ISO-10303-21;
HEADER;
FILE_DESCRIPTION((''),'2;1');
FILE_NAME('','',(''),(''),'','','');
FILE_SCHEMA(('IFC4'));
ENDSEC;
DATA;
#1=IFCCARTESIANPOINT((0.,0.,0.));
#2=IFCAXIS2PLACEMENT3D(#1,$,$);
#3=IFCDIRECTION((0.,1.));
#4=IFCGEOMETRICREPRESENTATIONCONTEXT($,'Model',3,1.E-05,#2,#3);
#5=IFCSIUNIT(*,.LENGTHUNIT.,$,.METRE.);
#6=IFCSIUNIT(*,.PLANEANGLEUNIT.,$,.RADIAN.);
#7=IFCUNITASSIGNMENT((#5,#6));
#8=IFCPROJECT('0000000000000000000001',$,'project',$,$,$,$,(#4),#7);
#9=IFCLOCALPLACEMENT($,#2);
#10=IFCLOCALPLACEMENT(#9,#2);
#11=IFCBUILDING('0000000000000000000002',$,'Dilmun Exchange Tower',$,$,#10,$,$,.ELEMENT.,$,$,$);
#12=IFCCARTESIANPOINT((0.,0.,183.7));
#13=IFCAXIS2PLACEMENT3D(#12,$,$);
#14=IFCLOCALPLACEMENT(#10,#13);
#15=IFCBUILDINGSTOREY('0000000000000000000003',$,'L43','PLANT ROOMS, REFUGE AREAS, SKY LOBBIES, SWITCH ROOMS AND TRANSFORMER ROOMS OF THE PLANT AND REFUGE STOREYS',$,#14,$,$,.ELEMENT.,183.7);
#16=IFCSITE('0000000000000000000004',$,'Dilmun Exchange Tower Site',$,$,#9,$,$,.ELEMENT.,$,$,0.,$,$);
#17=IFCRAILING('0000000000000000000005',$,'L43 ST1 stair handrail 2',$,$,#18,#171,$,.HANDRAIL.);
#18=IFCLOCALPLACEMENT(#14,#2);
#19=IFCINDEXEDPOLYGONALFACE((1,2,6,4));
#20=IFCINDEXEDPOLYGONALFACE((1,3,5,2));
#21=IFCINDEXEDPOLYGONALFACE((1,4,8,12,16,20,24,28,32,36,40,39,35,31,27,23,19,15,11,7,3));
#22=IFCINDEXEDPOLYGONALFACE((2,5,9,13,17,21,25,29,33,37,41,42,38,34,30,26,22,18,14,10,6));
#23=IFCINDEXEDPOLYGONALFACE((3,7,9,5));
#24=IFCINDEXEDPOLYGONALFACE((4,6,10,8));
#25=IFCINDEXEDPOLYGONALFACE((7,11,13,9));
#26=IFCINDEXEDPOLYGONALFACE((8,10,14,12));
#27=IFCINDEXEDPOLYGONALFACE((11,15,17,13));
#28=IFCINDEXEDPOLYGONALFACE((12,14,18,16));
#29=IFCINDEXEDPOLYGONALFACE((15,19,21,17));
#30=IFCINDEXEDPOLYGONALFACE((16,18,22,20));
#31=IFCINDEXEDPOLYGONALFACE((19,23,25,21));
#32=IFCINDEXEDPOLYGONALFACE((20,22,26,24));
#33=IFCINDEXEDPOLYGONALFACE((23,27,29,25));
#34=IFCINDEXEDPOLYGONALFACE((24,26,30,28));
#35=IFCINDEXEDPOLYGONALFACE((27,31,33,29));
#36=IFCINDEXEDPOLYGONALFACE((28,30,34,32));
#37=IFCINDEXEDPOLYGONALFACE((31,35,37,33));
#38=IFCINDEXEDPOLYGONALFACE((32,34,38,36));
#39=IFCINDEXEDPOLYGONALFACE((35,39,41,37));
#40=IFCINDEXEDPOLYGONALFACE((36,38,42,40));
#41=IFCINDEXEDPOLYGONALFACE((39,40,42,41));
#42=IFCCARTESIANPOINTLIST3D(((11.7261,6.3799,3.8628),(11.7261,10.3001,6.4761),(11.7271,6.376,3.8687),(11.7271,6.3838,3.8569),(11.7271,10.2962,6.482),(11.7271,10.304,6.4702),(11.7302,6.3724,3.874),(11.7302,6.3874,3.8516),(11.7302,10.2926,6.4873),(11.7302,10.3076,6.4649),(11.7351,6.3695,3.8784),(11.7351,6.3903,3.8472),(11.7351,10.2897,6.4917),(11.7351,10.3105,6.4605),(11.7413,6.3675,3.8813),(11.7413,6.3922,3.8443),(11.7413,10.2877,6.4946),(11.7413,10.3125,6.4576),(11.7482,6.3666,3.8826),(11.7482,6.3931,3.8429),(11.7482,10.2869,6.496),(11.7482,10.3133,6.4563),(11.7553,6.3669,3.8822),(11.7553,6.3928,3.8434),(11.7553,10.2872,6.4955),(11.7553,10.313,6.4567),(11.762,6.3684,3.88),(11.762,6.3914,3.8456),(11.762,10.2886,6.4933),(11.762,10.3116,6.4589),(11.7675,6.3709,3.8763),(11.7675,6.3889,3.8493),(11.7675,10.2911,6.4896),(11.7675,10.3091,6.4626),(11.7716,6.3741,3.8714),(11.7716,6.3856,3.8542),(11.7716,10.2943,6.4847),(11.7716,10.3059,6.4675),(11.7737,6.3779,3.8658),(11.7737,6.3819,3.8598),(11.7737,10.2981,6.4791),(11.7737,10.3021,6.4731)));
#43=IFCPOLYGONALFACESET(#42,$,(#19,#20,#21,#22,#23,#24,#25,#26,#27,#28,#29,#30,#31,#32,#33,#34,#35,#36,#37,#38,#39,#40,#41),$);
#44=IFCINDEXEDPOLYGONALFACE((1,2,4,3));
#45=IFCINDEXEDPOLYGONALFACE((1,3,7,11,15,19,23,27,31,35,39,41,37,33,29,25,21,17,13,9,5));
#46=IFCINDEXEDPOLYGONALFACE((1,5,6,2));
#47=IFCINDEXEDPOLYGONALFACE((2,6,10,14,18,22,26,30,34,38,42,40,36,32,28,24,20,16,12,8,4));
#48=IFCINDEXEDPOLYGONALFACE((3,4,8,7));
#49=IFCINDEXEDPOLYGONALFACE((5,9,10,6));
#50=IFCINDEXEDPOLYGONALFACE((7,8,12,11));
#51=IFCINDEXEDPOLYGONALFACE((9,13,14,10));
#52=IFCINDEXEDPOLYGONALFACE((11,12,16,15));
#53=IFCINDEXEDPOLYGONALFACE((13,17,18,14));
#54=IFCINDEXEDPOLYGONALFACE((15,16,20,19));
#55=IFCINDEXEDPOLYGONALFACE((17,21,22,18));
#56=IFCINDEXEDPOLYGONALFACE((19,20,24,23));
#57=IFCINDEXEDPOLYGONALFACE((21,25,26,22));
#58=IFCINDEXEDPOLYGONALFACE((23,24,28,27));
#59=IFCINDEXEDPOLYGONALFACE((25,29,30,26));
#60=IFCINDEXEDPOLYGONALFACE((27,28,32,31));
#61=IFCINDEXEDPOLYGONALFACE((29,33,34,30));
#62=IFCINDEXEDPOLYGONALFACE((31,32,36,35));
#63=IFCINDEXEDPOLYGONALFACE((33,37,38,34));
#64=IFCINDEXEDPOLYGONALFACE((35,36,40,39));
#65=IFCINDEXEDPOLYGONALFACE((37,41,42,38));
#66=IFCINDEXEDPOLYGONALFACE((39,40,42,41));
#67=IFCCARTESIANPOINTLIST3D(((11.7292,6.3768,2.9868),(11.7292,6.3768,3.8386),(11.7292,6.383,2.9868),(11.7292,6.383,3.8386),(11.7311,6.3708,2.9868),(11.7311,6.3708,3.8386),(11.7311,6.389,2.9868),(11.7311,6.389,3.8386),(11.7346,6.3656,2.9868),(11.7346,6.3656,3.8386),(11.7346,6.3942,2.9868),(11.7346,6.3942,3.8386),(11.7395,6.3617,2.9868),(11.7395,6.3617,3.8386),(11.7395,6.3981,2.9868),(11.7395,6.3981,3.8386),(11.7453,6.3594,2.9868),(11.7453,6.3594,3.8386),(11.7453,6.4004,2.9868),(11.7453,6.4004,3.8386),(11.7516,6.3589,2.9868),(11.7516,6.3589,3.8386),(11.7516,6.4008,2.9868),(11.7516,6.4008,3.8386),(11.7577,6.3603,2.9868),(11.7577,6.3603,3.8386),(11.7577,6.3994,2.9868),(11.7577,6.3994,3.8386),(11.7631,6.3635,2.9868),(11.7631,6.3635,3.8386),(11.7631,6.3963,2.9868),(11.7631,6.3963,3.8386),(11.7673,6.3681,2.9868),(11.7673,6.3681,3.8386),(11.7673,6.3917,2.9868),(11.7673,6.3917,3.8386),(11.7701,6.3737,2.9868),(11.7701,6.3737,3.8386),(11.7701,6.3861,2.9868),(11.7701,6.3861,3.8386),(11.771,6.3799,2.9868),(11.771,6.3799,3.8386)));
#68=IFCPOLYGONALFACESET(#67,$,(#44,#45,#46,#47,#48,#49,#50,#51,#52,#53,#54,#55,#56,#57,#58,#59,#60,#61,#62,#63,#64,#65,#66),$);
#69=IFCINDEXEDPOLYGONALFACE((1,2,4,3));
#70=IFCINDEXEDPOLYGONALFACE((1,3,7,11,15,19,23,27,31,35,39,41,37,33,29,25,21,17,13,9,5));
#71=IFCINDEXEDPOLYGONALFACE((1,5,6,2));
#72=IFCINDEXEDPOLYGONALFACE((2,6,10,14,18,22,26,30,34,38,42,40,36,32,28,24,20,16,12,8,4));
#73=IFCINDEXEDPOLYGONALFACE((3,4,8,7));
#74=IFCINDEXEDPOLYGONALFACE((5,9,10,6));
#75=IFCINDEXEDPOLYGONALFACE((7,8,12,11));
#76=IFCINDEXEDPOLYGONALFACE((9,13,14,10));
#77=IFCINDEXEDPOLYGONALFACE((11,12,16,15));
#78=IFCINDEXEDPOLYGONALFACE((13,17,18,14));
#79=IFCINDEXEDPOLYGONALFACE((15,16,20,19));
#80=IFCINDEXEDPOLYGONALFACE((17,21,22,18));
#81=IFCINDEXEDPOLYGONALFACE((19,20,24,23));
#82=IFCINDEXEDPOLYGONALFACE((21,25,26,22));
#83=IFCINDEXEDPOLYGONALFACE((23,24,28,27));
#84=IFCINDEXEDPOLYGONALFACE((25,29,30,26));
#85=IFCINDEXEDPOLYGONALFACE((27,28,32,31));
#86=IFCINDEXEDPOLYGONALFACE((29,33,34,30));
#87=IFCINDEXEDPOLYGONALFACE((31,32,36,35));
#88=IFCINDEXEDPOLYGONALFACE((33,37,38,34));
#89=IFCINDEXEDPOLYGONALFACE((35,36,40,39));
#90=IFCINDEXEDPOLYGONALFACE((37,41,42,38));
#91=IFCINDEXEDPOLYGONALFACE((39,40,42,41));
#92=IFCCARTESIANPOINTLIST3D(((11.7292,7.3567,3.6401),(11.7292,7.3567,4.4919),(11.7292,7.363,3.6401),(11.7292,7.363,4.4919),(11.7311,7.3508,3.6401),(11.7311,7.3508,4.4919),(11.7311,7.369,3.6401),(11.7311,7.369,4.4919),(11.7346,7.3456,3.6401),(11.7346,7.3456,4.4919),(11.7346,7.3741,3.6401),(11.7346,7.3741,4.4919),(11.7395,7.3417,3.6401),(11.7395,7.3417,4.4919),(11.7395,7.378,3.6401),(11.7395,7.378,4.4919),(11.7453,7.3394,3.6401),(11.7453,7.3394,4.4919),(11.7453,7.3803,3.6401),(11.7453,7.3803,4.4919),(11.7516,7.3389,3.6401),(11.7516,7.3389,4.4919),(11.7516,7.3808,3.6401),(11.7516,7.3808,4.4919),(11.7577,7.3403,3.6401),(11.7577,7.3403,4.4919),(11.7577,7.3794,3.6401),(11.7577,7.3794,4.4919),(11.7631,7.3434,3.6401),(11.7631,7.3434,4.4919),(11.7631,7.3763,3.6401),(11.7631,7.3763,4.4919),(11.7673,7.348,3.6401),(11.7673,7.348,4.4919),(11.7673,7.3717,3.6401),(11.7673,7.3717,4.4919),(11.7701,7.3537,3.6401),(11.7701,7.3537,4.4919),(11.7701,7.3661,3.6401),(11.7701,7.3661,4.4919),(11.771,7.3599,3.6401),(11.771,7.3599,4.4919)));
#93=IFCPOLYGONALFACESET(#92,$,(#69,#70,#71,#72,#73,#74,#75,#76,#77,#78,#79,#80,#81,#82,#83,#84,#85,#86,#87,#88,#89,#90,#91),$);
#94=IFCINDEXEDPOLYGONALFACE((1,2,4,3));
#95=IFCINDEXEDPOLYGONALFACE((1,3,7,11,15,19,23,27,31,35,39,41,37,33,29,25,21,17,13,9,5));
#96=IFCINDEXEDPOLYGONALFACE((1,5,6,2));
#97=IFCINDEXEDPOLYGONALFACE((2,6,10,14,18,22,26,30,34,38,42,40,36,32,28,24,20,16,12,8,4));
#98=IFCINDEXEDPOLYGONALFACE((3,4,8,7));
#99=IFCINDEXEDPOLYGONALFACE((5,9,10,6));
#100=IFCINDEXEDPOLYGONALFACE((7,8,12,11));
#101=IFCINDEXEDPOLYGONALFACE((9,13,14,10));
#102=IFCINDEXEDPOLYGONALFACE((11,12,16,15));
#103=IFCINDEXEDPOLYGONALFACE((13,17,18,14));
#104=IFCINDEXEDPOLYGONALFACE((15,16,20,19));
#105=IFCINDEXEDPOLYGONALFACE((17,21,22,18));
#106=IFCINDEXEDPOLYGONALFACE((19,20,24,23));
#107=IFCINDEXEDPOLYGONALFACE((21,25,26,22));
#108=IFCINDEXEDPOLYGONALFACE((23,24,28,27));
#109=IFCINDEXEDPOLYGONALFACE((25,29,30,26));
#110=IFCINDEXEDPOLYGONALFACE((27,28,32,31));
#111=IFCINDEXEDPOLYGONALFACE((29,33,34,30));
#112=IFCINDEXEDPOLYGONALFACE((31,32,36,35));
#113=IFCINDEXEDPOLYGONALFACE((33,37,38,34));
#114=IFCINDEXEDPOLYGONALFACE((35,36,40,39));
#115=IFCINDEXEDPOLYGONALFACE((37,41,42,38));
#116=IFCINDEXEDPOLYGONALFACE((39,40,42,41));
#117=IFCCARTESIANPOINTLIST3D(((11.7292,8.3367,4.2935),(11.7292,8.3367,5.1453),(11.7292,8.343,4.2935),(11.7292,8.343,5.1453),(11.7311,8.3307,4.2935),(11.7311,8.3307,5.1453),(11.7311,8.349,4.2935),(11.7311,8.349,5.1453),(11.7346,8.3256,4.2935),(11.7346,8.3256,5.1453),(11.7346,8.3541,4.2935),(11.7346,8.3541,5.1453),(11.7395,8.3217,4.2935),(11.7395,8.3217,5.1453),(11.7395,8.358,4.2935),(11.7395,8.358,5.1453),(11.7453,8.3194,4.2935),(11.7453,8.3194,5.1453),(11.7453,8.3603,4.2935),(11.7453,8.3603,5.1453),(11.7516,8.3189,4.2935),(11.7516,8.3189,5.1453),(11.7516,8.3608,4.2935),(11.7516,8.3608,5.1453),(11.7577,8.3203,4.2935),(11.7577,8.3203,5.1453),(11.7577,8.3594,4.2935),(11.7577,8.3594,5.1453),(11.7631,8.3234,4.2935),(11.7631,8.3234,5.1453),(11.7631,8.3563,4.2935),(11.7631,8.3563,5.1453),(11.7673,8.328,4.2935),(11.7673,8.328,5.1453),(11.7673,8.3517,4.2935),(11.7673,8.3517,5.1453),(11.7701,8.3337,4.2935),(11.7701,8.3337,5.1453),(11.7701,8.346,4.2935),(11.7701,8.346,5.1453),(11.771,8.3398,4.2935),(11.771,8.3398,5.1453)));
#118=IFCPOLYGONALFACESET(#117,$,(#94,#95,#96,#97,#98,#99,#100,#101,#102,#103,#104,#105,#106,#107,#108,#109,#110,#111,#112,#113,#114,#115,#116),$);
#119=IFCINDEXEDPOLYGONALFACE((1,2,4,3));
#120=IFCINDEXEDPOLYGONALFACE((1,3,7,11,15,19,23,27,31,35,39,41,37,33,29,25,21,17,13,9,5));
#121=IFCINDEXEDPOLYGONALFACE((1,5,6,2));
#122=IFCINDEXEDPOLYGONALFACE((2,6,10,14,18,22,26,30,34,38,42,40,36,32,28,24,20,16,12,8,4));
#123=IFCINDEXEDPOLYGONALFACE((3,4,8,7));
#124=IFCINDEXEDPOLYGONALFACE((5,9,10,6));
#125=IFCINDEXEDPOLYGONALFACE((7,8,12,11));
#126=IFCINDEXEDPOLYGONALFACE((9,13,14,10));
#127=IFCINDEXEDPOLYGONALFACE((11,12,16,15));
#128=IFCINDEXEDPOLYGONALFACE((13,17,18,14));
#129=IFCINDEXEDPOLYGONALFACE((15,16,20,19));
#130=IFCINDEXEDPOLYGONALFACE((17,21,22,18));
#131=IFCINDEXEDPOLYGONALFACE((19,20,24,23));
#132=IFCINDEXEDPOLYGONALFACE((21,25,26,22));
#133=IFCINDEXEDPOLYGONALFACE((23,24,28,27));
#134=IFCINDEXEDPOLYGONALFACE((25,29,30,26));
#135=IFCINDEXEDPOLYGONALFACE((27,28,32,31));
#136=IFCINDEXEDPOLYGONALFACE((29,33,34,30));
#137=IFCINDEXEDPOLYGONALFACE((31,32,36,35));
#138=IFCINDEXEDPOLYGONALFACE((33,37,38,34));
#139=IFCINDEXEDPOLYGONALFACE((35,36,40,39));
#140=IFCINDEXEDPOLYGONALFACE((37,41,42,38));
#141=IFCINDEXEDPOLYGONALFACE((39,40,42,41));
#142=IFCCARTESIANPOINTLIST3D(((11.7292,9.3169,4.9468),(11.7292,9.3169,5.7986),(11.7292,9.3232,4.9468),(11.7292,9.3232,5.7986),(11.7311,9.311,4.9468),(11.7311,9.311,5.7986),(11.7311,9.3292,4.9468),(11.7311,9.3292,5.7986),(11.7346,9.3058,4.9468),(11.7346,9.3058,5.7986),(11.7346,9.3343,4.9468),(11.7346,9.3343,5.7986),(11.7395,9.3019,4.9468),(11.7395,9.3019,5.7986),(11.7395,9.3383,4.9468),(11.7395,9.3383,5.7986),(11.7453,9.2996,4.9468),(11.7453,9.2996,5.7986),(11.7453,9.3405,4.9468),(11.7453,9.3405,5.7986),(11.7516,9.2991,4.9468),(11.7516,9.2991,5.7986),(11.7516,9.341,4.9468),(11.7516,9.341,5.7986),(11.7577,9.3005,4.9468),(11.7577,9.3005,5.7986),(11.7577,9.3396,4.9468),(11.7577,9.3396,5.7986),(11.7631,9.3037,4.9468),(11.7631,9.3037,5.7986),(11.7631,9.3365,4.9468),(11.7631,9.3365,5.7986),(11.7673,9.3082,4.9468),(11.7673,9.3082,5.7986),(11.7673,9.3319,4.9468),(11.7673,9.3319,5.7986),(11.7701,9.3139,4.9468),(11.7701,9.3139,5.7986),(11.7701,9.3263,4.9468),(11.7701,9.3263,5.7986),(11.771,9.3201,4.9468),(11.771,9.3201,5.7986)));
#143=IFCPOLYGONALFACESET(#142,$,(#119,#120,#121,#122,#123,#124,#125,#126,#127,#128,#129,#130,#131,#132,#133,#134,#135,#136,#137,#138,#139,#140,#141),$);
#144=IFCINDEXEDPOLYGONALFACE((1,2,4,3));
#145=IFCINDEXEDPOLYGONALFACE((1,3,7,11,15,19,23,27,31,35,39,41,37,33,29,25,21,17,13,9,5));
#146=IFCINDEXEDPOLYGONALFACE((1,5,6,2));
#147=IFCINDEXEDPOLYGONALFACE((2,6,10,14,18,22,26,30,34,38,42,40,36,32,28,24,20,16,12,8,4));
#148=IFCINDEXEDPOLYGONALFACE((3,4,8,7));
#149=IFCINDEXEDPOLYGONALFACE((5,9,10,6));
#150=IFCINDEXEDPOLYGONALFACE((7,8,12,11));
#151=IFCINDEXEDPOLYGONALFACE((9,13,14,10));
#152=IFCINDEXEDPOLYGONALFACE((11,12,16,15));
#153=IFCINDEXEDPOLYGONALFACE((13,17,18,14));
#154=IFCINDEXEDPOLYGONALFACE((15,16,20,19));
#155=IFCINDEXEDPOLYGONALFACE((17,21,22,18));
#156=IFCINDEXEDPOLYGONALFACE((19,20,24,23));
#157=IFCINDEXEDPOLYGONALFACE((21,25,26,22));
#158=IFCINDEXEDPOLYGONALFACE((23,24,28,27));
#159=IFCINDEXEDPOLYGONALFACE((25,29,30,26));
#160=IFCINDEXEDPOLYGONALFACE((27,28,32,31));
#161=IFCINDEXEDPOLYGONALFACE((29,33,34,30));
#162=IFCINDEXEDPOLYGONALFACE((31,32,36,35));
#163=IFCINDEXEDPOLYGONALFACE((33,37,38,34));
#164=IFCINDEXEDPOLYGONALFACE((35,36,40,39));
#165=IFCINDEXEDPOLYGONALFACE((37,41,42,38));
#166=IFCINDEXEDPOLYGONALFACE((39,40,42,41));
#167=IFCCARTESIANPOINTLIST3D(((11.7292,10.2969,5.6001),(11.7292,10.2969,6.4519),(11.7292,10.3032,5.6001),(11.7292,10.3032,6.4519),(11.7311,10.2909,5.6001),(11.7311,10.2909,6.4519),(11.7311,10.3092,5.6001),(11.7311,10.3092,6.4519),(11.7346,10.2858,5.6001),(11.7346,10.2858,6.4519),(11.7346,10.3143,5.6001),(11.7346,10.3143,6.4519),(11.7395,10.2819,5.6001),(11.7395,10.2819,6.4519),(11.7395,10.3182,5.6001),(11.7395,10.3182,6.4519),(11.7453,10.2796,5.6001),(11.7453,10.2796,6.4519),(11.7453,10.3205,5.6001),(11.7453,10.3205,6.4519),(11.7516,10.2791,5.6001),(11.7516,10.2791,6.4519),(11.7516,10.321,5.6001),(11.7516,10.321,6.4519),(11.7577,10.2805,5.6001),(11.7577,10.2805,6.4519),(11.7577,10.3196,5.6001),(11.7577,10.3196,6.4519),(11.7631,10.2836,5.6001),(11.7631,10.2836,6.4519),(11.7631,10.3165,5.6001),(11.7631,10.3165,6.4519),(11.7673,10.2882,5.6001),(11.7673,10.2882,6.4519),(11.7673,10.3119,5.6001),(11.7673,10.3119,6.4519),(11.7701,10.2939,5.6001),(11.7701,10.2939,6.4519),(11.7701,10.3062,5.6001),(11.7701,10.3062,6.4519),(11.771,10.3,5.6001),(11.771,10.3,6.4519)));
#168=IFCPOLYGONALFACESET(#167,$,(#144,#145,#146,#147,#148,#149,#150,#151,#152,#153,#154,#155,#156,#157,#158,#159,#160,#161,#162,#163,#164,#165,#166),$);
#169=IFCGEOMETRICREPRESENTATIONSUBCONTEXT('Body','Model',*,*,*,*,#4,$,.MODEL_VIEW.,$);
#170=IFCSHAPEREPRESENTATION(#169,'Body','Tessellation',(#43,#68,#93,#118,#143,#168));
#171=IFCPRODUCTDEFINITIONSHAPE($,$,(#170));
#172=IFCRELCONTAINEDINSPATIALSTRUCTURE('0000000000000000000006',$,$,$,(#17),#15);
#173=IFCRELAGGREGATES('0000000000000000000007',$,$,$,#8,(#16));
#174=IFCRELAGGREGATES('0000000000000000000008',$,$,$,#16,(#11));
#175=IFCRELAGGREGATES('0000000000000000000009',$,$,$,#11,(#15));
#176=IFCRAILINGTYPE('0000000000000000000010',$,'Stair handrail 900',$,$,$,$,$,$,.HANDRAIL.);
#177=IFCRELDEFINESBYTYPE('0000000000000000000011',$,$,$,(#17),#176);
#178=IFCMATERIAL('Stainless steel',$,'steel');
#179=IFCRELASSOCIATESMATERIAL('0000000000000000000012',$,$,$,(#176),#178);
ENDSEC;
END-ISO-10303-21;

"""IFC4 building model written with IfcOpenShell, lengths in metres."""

from ifc_helpers import new_model, si_unit, direction, frame, origin, origin_2d, place, context, subcontext, project, spatial, circle, extrude, material, type_object, element, save


model = new_model("IFC4")

# Units and contexts
model_context = context("Model", 3, precision=1e-05, world=origin(), true_north=direction((0.0, 1.0)))
body_context = subcontext(model_context, "Body", "Model", "MODEL_VIEW")
ifc_project = project(units=[si_unit("LENGTHUNIT", "METRE"), si_unit("PLANEANGLEUNIT", "RADIAN")], contexts=[model_context])

# Site, building, storey
site_placement = place(None, origin())
site = spatial("IfcSite", under=ifc_project, at=site_placement, Name="Dilmun Exchange Tower Site", CompositionType="ELEMENT", RefElevation=0.0)
building_placement = place(site_placement, origin())
building = spatial("IfcBuilding", under=site, at=building_placement, Name="Dilmun Exchange Tower", CompositionType="ELEMENT")
storey_placement = place(building_placement, frame((0.0, 0.0, 183.7)))
storey = spatial("IfcBuildingStorey", under=building, at=storey_placement, Name="L43", Description="PLANT ROOMS, REFUGE AREAS, SKY LOBBIES, SWITCH ROOMS AND TRANSFORMER ROOMS OF THE PLANT AND REFUGE STOREYS", CompositionType="ELEMENT", Elevation=183.7)

# Railing
ifc_material_1 = material(Name="Stainless steel", Category="steel")
railing_type = type_object("IfcRailingType", Name="Stair handrail 900", PredefinedType="HANDRAIL", material=ifc_material_1)
railing_1_placement = place(storey_placement, frame((11.75, 6.3799, 2.9868)))
element("IfcRailing", 1, at=railing_1_placement, inside=storey, type_object=railing_type, Name="L43 ST1 stair handrail 2", PredefinedType="HANDRAIL", context=body_context, shape_type="SweptSolid", body=[
    extrude(circle(Radius=0.0239, at=origin_2d()), frame((0.0, 0.0, 0.876), z_axis=(0.0, 0.832066, 0.554676), x_axis=(-1.0, 0.0, 0.0)), (0.0, 0.0, 1.0), 4.7114),
    extrude(circle(Radius=0.021, at=origin_2d()), origin(), (0.0, 0.0, 1.0), 0.8518),
    extrude(circle(Radius=0.021, at=origin_2d()), frame((0.0, 0.98, 0.6533)), (0.0, 0.0, 1.0), 0.8518),
    extrude(circle(Radius=0.021, at=origin_2d()), frame((0.0, 1.96, 1.3066)), (0.0, 0.0, 1.0), 0.8518),
    extrude(circle(Radius=0.021, at=origin_2d()), frame((0.0, 2.9402, 1.96)), (0.0, 0.0, 1.0), 0.8518),
    extrude(circle(Radius=0.021, at=origin_2d()), frame((0.0, 3.9202, 2.6133)), (0.0, 0.0, 1.0), 0.8518),
])

save(model, "model.ifc")
